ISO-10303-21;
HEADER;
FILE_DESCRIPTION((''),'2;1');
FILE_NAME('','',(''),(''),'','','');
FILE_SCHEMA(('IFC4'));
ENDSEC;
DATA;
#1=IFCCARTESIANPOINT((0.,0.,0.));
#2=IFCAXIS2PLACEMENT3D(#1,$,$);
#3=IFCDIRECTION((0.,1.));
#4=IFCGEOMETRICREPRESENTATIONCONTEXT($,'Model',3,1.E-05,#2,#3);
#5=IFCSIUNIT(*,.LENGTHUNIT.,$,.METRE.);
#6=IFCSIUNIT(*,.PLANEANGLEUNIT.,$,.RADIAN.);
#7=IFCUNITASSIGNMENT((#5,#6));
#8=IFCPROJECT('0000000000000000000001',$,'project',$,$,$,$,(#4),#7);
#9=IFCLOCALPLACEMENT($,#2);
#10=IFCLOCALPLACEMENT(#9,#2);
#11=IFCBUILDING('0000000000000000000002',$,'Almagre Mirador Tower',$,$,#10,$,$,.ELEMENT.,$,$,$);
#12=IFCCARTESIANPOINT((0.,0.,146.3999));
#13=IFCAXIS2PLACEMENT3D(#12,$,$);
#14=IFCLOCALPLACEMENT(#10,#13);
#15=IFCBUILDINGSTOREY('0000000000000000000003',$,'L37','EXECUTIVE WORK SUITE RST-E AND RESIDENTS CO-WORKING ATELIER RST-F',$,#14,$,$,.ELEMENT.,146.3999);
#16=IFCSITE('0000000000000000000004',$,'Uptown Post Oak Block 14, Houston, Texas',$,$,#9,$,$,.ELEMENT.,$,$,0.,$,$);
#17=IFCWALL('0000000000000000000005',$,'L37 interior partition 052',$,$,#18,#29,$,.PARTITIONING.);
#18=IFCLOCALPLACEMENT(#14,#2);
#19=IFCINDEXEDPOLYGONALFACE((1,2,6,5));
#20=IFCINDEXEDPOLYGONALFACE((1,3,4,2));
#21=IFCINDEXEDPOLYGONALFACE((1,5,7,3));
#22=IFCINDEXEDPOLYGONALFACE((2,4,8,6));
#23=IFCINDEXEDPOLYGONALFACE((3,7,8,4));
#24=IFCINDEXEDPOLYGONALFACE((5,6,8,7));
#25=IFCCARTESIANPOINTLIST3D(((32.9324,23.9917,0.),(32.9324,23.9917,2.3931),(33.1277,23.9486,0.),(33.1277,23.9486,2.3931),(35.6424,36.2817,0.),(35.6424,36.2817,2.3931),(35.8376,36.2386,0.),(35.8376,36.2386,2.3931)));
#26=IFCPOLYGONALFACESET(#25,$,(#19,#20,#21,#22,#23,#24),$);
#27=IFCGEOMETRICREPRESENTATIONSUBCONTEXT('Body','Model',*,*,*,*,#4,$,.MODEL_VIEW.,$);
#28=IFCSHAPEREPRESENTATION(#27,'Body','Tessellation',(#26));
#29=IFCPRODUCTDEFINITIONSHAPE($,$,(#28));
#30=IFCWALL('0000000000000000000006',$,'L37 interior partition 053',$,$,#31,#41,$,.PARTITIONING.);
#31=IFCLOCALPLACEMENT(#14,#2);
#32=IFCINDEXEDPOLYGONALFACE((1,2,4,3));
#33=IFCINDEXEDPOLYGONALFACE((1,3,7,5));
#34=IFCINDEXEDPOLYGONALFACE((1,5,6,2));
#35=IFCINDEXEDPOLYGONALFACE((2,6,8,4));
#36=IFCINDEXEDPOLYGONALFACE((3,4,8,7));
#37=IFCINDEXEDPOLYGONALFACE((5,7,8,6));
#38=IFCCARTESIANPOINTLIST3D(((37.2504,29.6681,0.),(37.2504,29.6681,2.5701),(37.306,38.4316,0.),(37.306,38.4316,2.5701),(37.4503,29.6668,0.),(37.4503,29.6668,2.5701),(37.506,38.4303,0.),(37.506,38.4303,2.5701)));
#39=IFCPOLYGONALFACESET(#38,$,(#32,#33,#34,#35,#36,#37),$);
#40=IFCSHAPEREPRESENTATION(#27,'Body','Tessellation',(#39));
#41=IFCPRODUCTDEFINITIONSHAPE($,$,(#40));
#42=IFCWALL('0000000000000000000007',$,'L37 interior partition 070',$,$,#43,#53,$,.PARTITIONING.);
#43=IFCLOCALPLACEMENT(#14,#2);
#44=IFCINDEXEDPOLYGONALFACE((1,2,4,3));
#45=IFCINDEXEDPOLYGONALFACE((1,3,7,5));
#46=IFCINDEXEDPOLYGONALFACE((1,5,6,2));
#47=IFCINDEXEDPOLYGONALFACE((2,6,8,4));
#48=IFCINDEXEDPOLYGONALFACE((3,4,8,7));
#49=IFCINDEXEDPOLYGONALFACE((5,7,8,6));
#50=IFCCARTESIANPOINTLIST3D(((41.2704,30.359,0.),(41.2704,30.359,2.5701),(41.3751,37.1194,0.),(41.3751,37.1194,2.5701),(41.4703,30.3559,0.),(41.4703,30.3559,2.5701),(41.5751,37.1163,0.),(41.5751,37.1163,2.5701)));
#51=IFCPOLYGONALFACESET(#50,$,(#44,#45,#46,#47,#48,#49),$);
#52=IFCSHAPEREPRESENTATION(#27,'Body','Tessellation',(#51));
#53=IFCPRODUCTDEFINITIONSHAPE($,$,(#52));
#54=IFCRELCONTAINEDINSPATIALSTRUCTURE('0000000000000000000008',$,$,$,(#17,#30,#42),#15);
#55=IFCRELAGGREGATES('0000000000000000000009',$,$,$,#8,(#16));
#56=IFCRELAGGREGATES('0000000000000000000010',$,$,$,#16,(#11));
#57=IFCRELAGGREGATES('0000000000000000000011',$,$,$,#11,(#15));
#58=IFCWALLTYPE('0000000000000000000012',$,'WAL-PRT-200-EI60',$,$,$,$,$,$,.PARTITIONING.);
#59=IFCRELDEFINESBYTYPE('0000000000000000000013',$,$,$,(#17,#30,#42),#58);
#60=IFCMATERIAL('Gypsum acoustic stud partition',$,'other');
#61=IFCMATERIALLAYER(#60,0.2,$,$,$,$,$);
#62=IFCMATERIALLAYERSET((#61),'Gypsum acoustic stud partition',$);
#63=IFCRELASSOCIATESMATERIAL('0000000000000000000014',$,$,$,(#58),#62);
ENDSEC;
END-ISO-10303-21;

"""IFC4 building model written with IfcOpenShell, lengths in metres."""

from ifc_helpers import new_model, si_unit, direction, frame, frame_2d, origin, place, context, subcontext, project, spatial, rectangle, extrude, material, layer, layer_set, type_object, element, save


model = new_model("IFC4")

# Units and contexts
model_context = context("Model", 3, precision=1e-05, world=origin(), true_north=direction((0.0, 1.0)))
body_context = subcontext(model_context, "Body", "Model", "MODEL_VIEW")
ifc_project = project(units=[si_unit("LENGTHUNIT", "METRE"), si_unit("PLANEANGLEUNIT", "RADIAN")], contexts=[model_context])

# Site, building, storey
site_placement = place(None, origin())
site = spatial("IfcSite", under=ifc_project, at=site_placement, Name="Uptown Post Oak Block 14, Houston, Texas", CompositionType="ELEMENT", RefElevation=0.0)
building_placement = place(site_placement, origin())
building = spatial("IfcBuilding", under=site, at=building_placement, Name="Almagre Mirador Tower", CompositionType="ELEMENT")
storey_placement = place(building_placement, frame((0.0, 0.0, 146.3999)))
storey = spatial("IfcBuildingStorey", under=building, at=storey_placement, Name="L37", Description="EXECUTIVE WORK SUITE RST-E AND RESIDENTS CO-WORKING ATELIER RST-F", CompositionType="ELEMENT", Elevation=146.3999)

# Walls
ifc_material_1 = material(Name="Gypsum acoustic stud partition", Category="other")
ifc_layer_1 = layer(ifc_material_1, 0.2)
ifc_layer_set_1 = layer_set([ifc_layer_1], Name="Gypsum acoustic stud partition")
wall_type_1 = type_object("IfcWallType", Name="WAL-PRT-200-EI60", PredefinedType="PARTITIONING", material=ifc_layer_set_1)
wall_1_placement = place(storey_placement, frame((35.74, 36.26, 0.0), z_axis=(0.0, 0.0, 1.0), x_axis=(-0.215328, -0.976542, 0.0)))
element("IfcWall", 1, at=wall_1_placement, inside=storey, type_object=wall_type_1, Name="L37 interior partition 052", PredefinedType="PARTITIONING", context=body_context, shape_type="SweptSolid", body=[
    extrude(rectangle(XDim=12.5852, YDim=0.2, at=frame_2d((6.2925, 0.0))), origin(), (0.0, 0.0, 1.0), 2.3931),
])
wall_2_placement = place(storey_placement, frame((37.3503, 29.6675, 0.0), z_axis=(0.0, 0.0, 1.0), x_axis=(0.006352, 0.99998, 0.0)))
element("IfcWall", 2, at=wall_2_placement, inside=storey, type_object=wall_type_1, Name="L37 interior partition 053", PredefinedType="PARTITIONING", context=body_context, shape_type="SweptSolid", body=[
    extrude(rectangle(XDim=8.7637, YDim=0.2, at=frame_2d((4.3818, 0.0))), origin(), (0.0, 0.0, 1.0), 2.5701),
])
wall_3_placement = place(storey_placement, frame((41.3704, 30.3574, 0.0), z_axis=(0.0, 0.0, 1.0), x_axis=(0.015491, 0.99988, 0.0)))
element("IfcWall", 3, at=wall_3_placement, inside=storey, type_object=wall_type_1, Name="L37 interior partition 070", PredefinedType="PARTITIONING", context=body_context, shape_type="SweptSolid", body=[
    extrude(rectangle(XDim=6.7612, YDim=0.2, at=frame_2d((3.3806, 0.0))), origin(), (0.0, 0.0, 1.0), 2.5701),
])

save(model, "model.ifc")
